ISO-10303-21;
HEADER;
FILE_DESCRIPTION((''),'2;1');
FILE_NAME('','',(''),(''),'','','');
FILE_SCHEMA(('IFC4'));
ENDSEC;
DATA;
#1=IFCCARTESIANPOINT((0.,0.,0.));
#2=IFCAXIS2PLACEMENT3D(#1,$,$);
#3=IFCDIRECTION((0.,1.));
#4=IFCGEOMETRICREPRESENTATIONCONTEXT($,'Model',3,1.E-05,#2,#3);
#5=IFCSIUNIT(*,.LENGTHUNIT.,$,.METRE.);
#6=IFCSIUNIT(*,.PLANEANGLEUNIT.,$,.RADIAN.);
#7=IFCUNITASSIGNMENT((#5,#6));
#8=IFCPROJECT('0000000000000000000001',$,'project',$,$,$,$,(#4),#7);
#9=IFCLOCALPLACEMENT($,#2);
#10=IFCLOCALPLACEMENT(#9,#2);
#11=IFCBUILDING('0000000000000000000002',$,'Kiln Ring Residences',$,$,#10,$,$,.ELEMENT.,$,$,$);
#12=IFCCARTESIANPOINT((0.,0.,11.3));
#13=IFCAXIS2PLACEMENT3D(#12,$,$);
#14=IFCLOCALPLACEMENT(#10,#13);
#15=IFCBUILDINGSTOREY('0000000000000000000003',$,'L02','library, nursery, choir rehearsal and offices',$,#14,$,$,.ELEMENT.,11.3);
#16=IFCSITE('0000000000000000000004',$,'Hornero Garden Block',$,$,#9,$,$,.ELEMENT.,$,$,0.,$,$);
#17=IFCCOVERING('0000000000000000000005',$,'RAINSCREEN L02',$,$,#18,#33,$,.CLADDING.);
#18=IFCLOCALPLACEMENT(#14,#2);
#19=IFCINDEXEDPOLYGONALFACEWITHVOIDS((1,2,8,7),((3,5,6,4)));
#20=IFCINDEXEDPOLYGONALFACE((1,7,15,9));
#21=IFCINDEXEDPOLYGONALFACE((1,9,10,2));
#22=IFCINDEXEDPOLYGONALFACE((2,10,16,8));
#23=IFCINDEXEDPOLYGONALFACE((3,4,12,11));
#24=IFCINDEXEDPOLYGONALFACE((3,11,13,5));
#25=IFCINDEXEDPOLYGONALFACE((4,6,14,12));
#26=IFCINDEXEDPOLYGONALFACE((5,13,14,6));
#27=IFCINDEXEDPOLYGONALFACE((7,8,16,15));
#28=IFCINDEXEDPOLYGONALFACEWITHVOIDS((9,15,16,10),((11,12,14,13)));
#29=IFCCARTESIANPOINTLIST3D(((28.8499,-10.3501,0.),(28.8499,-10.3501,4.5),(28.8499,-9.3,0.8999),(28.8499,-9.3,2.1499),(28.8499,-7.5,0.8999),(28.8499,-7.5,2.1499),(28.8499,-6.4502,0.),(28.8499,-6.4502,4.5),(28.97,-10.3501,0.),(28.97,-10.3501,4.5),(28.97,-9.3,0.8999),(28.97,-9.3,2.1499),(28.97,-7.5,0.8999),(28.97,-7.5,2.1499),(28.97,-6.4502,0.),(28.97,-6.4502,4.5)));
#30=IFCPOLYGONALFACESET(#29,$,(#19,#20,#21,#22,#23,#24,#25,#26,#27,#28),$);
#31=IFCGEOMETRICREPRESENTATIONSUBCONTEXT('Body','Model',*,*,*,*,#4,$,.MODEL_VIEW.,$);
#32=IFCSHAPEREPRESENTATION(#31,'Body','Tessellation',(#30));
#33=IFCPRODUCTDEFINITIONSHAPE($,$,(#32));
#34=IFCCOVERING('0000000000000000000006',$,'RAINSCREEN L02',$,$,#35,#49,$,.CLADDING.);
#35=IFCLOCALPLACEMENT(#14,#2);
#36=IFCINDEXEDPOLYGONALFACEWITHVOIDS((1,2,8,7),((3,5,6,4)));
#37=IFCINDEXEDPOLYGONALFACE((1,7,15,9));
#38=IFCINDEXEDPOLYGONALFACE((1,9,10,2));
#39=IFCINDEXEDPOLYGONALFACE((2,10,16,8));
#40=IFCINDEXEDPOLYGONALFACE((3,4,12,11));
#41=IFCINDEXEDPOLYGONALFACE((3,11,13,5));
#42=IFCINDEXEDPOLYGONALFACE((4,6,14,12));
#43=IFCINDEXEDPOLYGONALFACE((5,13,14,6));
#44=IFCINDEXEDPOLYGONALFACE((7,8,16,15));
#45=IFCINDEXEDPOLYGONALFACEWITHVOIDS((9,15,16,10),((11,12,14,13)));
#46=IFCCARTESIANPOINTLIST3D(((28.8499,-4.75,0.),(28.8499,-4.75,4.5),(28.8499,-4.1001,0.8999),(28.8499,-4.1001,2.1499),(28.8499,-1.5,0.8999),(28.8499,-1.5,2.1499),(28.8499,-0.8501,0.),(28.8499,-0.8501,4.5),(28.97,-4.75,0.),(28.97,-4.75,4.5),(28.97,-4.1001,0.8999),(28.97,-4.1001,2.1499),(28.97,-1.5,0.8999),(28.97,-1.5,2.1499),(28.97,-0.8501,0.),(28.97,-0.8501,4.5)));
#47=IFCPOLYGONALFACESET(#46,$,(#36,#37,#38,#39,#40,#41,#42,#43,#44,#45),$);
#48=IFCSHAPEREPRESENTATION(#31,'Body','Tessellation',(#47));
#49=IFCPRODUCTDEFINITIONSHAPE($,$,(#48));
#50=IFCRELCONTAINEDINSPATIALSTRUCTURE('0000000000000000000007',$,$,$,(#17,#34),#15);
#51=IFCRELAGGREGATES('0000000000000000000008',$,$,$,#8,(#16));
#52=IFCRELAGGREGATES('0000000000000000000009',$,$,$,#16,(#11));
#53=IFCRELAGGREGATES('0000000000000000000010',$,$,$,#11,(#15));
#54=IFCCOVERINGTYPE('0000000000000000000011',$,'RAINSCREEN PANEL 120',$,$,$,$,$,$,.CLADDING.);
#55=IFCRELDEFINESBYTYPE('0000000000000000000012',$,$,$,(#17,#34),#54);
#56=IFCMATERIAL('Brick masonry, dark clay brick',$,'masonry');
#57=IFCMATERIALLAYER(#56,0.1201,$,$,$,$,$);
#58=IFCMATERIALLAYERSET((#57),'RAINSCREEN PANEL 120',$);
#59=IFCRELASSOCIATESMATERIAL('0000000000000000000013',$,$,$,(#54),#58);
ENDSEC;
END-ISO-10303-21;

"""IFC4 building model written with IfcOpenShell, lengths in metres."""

from ifc_helpers import new_model, si_unit, direction, frame, origin, place, context, subcontext, project, spatial, polyline, outline, extrude, material, layer, layer_set, type_object, element, save


model = new_model("IFC4")

# Units and contexts
model_context = context("Model", 3, precision=1e-05, world=origin(), true_north=direction((0.0, 1.0)))
body_context = subcontext(model_context, "Body", "Model", "MODEL_VIEW")
ifc_project = project(units=[si_unit("LENGTHUNIT", "METRE"), si_unit("PLANEANGLEUNIT", "RADIAN")], contexts=[model_context])

# Site, building, storey
site_placement = place(None, origin())
site = spatial("IfcSite", under=ifc_project, at=site_placement, Name="Hornero Garden Block", CompositionType="ELEMENT", RefElevation=0.0)
building_placement = place(site_placement, origin())
building = spatial("IfcBuilding", under=site, at=building_placement, Name="Kiln Ring Residences", CompositionType="ELEMENT")
storey_placement = place(building_placement, frame((0.0, 0.0, 11.3)))
storey = spatial("IfcBuildingStorey", under=building, at=storey_placement, Name="L02", Description="library, nursery, choir rehearsal and offices", CompositionType="ELEMENT", Elevation=11.3)

# Coverings
ifc_material_1 = material(Name="Brick masonry, dark clay brick", Category="masonry")
ifc_layer_1 = layer(ifc_material_1, 0.1201)
ifc_layer_set_1 = layer_set([ifc_layer_1], Name="RAINSCREEN PANEL 120")
covering_type = type_object("IfcCoveringType", Name="RAINSCREEN PANEL 120", PredefinedType="CLADDING", material=ifc_layer_set_1)
covering_1_placement = place(storey_placement, frame((28.9099, -10.3501, 0.0), z_axis=(0.0, 0.0, 1.0), x_axis=(0.0, 1.0, 0.0)))
element("IfcCovering", 1, at=covering_1_placement, inside=storey, type_object=covering_type, Name="RAINSCREEN L02", PredefinedType="CLADDING", context=body_context, shape_type="SweptSolid", body=[
    extrude(outline(polyline([(0.0, 0.0), (3.8999, 0.0), (3.8999, 4.5), (0.0, 4.5), (0.0, 0.0)]), holes=[polyline([(1.05, 2.1499), (1.05, 0.8999), (2.8501, 0.8999), (2.8501, 2.1499), (1.05, 2.1499)])]), frame((0.0, 0.0601, 0.0), z_axis=(0.0, -1.0, 0.0), x_axis=(1.0, 0.0, 0.0)), (0.0, 0.0, 1.0), 0.1201),
])
covering_2_placement = place(storey_placement, frame((28.9099, -4.75, 0.0), z_axis=(0.0, 0.0, 1.0), x_axis=(0.0, 1.0, 0.0)))
element("IfcCovering", 2, at=covering_2_placement, inside=storey, type_object=covering_type, Name="RAINSCREEN L02", PredefinedType="CLADDING", context=body_context, shape_type="SweptSolid", body=[
    extrude(outline(polyline([(0.0, 0.0), (3.8999, 0.0), (3.8999, 4.5), (0.0, 4.5), (0.0, 0.0)]), holes=[polyline([(0.6499, 2.1499), (0.6499, 0.8999), (3.25, 0.8999), (3.25, 2.1499), (0.6499, 2.1499)])]), frame((0.0, 0.0601, 0.0), z_axis=(0.0, -1.0, 0.0), x_axis=(1.0, 0.0, 0.0)), (0.0, 0.0, 1.0), 0.1201),
])

save(model, "model.ifc")
